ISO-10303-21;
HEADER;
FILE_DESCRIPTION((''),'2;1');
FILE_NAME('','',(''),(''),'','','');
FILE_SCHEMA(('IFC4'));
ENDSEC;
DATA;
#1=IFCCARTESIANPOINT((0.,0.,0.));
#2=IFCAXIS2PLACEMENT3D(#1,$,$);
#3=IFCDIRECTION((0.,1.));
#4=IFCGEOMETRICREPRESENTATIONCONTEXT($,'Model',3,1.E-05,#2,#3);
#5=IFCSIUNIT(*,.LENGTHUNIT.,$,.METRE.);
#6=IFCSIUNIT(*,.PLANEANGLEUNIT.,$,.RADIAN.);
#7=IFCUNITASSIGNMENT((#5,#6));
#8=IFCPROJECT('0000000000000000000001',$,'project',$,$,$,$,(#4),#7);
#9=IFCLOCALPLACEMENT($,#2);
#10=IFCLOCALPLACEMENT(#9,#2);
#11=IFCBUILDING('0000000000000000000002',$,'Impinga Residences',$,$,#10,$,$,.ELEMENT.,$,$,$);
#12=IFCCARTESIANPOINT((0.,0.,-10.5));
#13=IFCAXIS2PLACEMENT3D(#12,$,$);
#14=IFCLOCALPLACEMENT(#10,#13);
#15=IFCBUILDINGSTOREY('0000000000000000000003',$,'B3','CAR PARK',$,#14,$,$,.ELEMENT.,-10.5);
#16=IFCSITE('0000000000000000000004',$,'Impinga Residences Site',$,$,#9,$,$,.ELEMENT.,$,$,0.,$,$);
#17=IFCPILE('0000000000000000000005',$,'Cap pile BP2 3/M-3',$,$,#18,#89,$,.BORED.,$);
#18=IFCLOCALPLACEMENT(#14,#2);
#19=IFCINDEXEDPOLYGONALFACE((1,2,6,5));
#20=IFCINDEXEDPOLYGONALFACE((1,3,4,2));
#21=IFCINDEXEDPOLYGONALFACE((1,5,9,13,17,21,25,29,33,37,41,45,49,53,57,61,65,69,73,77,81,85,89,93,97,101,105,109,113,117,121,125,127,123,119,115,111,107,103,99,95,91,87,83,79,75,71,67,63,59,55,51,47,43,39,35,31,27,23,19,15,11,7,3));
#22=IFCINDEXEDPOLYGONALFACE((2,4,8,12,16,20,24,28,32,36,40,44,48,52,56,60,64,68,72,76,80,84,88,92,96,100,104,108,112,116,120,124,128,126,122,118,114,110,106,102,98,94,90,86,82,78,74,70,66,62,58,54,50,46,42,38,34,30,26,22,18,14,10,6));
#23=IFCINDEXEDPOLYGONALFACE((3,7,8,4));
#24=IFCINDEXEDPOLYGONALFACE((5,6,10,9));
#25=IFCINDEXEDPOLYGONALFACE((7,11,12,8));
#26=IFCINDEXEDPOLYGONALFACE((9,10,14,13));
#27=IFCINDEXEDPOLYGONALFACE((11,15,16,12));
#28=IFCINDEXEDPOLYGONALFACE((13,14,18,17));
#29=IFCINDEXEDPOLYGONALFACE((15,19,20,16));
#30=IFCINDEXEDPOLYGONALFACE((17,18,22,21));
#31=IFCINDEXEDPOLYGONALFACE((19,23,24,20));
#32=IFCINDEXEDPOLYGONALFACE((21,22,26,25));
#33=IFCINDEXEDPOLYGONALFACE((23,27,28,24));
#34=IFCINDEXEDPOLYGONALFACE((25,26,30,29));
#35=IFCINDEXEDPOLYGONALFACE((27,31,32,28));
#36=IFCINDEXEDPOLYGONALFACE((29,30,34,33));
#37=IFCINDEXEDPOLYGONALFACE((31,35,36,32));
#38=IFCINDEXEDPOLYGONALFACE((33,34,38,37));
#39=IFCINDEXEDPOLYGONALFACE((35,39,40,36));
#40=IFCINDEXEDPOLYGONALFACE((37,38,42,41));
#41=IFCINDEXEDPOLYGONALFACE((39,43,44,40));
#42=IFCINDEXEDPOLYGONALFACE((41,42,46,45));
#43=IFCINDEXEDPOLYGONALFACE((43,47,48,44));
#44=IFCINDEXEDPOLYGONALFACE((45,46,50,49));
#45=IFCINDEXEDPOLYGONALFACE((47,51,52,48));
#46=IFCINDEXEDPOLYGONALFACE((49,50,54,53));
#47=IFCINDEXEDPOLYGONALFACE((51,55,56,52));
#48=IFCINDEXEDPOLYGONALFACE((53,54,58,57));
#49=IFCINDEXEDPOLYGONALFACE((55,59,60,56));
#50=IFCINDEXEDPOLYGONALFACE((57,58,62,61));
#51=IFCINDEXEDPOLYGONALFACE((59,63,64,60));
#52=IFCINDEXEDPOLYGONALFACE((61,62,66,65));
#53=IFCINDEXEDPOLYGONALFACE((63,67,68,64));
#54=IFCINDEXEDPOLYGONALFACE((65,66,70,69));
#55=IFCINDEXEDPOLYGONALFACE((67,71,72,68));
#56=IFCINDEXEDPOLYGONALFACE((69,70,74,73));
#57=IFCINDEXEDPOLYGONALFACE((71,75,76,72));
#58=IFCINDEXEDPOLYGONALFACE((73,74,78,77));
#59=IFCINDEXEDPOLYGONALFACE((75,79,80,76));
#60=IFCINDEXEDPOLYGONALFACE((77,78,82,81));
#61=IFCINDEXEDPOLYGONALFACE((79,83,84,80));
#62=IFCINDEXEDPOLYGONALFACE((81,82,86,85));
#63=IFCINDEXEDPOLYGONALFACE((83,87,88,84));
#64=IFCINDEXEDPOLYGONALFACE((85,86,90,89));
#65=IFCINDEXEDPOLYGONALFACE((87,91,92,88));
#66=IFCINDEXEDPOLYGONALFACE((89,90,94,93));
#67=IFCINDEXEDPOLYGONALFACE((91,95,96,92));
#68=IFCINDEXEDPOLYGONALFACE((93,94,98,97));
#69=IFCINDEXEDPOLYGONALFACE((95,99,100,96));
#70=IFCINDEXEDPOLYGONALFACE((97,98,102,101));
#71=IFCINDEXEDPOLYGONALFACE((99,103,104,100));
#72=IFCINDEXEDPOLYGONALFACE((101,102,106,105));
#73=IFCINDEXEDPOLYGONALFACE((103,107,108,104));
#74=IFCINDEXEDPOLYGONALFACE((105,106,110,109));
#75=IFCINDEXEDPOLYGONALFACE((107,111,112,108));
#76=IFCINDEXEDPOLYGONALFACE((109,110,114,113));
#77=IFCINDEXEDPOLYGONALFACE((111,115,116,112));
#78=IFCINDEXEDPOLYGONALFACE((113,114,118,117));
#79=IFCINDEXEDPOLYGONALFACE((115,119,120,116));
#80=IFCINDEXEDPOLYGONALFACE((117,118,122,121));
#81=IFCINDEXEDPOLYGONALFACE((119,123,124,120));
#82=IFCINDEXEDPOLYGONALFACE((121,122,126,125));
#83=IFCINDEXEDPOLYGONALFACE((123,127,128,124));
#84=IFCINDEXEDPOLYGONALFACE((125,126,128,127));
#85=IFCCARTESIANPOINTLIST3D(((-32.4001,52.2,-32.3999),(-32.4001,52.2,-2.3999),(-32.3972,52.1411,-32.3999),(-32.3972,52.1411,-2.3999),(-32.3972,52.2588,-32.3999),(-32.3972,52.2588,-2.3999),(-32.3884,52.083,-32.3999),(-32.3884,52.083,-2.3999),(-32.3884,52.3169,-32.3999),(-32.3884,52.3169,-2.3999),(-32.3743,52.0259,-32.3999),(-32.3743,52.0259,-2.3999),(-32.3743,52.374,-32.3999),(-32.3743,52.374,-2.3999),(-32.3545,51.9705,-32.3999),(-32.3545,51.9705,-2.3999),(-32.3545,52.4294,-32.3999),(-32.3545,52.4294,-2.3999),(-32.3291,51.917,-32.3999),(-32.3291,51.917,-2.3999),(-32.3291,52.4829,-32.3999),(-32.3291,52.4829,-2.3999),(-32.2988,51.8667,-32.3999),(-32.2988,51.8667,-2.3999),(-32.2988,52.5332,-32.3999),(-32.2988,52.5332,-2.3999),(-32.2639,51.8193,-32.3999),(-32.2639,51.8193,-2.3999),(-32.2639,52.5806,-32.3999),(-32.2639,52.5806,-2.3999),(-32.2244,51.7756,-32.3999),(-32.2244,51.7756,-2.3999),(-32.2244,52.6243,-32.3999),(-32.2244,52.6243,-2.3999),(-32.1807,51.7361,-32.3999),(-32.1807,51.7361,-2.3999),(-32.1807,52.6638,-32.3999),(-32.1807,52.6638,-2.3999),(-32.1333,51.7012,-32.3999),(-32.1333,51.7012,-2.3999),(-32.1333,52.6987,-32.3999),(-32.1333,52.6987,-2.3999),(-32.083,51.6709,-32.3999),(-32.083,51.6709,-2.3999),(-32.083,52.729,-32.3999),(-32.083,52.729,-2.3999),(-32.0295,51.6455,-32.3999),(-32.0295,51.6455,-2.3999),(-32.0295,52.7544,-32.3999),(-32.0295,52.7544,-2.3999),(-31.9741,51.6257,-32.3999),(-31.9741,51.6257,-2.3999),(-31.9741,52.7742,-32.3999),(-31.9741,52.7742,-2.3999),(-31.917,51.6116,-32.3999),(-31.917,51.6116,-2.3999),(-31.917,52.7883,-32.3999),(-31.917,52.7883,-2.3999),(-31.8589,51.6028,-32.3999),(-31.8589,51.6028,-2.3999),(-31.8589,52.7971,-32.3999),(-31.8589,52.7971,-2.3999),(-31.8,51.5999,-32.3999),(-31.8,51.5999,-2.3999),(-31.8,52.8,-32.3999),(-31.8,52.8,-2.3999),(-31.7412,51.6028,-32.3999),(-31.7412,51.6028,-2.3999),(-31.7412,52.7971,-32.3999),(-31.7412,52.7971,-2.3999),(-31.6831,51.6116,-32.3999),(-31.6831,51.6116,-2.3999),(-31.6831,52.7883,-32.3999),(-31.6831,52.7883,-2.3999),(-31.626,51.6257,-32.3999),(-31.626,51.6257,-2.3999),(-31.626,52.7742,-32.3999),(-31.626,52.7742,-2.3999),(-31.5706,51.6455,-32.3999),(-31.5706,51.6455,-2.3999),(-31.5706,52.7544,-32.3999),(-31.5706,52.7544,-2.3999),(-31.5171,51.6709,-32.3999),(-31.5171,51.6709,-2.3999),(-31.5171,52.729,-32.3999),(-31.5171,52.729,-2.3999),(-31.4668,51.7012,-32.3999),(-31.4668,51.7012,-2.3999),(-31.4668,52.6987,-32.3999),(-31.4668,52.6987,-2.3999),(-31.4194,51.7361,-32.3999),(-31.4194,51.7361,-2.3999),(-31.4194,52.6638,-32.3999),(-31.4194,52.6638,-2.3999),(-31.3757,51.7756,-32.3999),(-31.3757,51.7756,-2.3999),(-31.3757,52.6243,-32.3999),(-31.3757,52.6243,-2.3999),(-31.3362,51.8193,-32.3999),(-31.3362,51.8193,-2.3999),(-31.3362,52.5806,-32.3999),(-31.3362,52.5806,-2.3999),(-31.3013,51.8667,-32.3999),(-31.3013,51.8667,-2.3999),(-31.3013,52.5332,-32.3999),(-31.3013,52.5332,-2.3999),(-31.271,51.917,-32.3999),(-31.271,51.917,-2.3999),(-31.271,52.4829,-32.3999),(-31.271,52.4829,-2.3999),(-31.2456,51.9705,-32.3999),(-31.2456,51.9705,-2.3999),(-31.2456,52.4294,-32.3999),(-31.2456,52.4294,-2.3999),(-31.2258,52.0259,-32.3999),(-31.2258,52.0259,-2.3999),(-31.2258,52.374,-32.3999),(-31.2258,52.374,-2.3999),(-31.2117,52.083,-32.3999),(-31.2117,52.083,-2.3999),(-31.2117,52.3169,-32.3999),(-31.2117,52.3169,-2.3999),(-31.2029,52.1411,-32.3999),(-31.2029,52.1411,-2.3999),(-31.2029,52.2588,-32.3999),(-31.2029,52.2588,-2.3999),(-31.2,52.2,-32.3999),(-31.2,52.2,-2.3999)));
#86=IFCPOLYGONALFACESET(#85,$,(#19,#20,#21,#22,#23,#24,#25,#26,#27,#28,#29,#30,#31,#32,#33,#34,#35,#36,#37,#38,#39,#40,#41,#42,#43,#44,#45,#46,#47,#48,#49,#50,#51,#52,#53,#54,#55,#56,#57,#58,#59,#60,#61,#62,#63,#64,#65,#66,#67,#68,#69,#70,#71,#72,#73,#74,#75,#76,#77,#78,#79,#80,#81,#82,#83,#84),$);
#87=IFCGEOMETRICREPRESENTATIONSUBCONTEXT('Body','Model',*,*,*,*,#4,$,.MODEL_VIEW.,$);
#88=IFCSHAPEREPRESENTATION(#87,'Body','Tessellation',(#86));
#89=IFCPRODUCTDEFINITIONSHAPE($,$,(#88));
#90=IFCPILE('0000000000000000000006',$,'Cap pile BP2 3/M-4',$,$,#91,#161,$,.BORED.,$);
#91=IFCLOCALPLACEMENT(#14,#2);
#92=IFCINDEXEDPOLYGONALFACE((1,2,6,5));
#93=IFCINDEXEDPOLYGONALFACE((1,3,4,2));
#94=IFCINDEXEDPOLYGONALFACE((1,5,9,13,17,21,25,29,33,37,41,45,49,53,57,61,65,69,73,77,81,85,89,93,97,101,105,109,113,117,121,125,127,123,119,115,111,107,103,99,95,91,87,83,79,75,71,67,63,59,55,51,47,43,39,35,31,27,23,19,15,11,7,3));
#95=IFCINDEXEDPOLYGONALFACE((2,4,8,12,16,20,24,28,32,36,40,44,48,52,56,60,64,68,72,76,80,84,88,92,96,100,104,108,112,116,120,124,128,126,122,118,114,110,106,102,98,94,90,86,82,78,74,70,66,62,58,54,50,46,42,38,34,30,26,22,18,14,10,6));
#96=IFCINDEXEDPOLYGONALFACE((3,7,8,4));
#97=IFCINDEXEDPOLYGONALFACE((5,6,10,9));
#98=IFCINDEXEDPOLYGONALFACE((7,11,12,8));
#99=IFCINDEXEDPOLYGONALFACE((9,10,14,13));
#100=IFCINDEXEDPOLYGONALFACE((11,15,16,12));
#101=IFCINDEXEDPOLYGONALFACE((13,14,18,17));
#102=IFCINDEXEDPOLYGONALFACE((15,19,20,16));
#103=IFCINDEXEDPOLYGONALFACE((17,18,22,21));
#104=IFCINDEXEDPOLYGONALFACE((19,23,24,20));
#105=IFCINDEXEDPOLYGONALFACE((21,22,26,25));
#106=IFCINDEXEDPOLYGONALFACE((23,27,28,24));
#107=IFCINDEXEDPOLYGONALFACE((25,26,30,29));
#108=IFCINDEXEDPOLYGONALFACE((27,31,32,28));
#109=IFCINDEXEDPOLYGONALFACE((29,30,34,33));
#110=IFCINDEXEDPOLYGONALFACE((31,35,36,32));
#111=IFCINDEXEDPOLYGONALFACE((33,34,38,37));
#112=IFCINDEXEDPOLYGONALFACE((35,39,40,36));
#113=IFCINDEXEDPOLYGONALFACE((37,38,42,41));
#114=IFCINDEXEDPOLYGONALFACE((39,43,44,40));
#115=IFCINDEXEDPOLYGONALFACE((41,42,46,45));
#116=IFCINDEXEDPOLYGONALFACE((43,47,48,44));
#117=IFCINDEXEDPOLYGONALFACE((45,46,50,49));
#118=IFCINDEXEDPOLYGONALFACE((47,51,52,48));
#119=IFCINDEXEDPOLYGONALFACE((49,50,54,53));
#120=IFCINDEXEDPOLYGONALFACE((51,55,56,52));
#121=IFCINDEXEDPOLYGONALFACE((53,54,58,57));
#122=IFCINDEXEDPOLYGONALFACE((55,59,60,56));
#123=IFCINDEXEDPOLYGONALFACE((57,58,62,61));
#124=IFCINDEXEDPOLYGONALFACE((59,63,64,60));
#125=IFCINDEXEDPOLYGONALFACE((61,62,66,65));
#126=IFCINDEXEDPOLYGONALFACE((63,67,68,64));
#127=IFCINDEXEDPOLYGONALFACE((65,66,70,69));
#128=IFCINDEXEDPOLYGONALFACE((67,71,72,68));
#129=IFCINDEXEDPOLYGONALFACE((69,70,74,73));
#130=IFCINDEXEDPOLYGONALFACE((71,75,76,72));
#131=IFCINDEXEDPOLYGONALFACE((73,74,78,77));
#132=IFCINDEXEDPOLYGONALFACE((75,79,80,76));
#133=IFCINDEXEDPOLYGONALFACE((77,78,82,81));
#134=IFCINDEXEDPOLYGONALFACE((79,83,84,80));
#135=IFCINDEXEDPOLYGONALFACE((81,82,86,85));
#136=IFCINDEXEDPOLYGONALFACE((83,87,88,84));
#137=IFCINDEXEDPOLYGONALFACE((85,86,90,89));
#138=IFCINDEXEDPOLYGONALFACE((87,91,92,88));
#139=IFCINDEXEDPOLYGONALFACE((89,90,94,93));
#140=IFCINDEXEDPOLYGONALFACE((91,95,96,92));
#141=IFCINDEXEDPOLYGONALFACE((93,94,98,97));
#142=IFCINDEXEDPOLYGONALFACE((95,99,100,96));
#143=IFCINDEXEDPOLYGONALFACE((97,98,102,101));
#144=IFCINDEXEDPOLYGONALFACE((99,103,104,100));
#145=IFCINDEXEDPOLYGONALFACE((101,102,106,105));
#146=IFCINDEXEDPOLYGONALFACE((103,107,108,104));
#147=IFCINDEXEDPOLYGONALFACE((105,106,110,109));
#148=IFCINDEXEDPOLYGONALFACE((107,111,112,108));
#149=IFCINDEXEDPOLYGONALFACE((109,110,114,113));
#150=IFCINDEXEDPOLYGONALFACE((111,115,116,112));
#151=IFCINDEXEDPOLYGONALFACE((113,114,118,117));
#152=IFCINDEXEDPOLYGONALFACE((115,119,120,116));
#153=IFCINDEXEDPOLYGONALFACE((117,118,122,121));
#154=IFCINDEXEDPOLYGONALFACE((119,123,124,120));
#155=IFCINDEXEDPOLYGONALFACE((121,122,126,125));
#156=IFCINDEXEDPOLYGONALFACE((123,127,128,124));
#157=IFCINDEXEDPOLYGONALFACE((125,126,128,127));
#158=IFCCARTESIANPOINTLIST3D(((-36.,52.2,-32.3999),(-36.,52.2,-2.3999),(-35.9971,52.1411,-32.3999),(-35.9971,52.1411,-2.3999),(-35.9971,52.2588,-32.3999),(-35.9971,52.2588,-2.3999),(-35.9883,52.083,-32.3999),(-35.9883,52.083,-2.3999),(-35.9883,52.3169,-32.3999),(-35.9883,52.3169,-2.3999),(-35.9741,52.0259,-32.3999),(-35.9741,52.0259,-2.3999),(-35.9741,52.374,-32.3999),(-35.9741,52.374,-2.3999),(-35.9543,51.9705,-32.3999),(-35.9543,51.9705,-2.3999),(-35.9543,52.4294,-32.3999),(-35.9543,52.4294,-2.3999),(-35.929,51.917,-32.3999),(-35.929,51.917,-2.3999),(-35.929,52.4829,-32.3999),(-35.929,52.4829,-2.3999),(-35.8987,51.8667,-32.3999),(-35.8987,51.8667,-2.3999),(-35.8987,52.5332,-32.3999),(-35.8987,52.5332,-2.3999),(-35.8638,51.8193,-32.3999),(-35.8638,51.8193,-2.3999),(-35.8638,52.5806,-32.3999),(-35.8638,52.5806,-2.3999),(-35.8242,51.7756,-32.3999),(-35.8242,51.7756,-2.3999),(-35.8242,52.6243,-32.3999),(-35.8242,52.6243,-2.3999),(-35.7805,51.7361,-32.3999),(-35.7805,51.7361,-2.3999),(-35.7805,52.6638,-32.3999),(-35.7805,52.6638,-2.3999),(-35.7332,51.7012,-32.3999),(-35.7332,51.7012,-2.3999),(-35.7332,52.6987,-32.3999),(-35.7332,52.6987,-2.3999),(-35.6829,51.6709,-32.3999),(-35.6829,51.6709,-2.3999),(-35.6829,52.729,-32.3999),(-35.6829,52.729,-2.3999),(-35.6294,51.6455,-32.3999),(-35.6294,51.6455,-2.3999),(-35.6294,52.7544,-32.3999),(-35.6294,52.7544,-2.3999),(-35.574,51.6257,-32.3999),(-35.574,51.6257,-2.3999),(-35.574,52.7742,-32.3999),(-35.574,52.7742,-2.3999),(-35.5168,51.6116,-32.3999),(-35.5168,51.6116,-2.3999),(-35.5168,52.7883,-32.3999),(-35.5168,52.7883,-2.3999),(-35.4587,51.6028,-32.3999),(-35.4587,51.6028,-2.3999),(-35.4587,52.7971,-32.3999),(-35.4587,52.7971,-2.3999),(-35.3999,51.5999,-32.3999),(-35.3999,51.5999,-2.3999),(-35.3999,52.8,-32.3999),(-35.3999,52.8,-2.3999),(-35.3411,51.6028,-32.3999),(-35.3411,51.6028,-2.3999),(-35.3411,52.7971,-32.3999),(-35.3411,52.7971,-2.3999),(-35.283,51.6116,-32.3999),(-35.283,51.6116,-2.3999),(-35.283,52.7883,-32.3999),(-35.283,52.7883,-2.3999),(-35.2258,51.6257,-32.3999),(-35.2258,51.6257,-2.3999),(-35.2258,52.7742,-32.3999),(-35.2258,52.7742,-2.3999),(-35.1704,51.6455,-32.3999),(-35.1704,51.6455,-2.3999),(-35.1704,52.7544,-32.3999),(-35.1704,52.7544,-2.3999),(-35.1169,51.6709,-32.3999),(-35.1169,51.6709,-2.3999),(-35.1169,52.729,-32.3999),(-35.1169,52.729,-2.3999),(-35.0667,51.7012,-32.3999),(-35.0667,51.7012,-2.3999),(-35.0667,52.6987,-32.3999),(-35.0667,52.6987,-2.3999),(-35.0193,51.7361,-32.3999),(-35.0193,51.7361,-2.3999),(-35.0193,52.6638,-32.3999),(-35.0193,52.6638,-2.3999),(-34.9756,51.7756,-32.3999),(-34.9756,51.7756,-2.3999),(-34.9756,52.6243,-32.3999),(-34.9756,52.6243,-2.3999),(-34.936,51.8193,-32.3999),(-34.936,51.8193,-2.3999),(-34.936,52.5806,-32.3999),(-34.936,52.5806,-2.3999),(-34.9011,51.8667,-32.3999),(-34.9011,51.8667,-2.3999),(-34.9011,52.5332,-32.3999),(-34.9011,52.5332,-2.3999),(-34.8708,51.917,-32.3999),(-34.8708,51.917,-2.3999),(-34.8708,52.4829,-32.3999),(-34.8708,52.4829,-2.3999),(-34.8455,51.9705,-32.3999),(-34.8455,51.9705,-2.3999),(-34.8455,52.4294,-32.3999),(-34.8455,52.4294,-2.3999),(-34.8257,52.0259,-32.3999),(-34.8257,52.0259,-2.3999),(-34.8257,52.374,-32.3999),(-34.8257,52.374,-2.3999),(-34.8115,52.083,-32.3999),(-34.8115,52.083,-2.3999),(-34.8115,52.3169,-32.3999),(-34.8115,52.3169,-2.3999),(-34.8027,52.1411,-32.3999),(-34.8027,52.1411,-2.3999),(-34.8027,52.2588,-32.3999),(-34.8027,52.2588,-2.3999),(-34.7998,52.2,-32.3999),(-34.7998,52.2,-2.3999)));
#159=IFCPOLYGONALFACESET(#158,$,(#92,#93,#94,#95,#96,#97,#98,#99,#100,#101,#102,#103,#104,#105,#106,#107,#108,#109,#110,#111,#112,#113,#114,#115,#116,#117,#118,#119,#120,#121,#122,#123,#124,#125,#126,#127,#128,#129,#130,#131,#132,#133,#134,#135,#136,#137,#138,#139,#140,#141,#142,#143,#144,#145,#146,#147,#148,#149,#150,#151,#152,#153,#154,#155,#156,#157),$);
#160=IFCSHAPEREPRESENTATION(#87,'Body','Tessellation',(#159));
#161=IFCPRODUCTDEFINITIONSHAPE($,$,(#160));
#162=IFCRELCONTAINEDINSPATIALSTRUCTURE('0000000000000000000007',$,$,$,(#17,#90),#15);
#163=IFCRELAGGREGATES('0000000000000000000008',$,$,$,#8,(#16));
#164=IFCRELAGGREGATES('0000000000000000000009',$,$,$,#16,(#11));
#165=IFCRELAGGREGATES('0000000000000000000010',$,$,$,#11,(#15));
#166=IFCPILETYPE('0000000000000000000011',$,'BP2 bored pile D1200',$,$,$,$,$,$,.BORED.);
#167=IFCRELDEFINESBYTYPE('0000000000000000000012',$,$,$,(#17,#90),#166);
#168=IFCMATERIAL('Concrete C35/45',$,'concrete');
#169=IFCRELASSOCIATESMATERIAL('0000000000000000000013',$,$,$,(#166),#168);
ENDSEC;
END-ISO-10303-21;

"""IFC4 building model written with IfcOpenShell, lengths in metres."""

from ifc_helpers import new_model, si_unit, direction, frame, origin, origin_2d, place, context, subcontext, project, spatial, polyline, circle, outline, extrude, material, material_profile, profile_set, type_object, element, save


model = new_model("IFC4")

# Units and contexts
model_context = context("Model", 3, precision=1e-05, world=origin(), true_north=direction((0.0, 1.0)))
body_context = subcontext(model_context, "Body", "Model", "MODEL_VIEW")
ifc_project = project(units=[si_unit("LENGTHUNIT", "METRE"), si_unit("PLANEANGLEUNIT", "RADIAN")], contexts=[model_context])

# Site, building, storey
site_placement = place(None, origin())
site = spatial("IfcSite", under=ifc_project, at=site_placement, Name="Impinga Residences Site", CompositionType="ELEMENT", RefElevation=0.0)
building_placement = place(site_placement, origin())
building = spatial("IfcBuilding", under=site, at=building_placement, Name="Impinga Residences", CompositionType="ELEMENT")
storey_placement = place(building_placement, frame((0.0, 0.0, -10.5)))
storey = spatial("IfcBuildingStorey", under=building, at=storey_placement, Name="B3", Description="CAR PARK", CompositionType="ELEMENT", Elevation=-10.5)

# Piles
ifc_material_1 = material(Name="Concrete C35/45", Category="concrete")
ifc_material_profile_1 = material_profile(ifc_material_1, circle(Radius=0.6001, at=origin_2d()), Name="D1200")
ifc_profile_set_1 = profile_set([ifc_material_profile_1], Name="Concrete C35/45")
pile_type = type_object("IfcPileType", Name="BP2 bored pile D1200", PredefinedType="BORED", material=ifc_profile_set_1)
pile_1_placement = place(storey_placement, frame((-31.8, 52.2, -2.3999), z_axis=(0.0, 0.0, -1.0), x_axis=(1.0, 0.0, 0.0)))
element("IfcPile", 1, at=pile_1_placement, inside=storey, type_object=pile_type, Name="Cap pile BP2 3/M-3", PredefinedType="BORED", context=body_context, shape_type="SweptSolid", body=[
    extrude(outline(polyline([(0.6001, 0.0), (0.5972, 0.0588), (0.5884, 0.1169), (0.5742, 0.1741), (0.5544, 0.2295), (0.5291, 0.283), (0.4988, 0.3333), (0.4639, 0.3806), (0.4243, 0.4243), (0.3806, 0.4639), (0.3333, 0.4988), (0.283, 0.5291), (0.2295, 0.5544), (0.1741, 0.5742), (0.1169, 0.5884), (0.0588, 0.5972), (0.0, 0.6001), (-0.0588, 0.5972), (-0.1169, 0.5884), (-0.1741, 0.5742), (-0.2295, 0.5544), (-0.283, 0.5291), (-0.3333, 0.4988), (-0.3806, 0.4639), (-0.4243, 0.4243), (-0.4639, 0.3806), (-0.4988, 0.3333), (-0.5291, 0.283), (-0.5544, 0.2295), (-0.5742, 0.1741), (-0.5884, 0.1169), (-0.5972, 0.0588), (-0.6001, 0.0), (-0.5972, -0.0588), (-0.5884, -0.1169), (-0.5742, -0.1741), (-0.5544, -0.2295), (-0.5291, -0.283), (-0.4988, -0.3333), (-0.4639, -0.3806), (-0.4243, -0.4243), (-0.3806, -0.4639), (-0.3333, -0.4988), (-0.283, -0.5291), (-0.2295, -0.5544), (-0.1741, -0.5742), (-0.1169, -0.5884), (-0.0588, -0.5972), (0.0, -0.6001), (0.0588, -0.5972), (0.1169, -0.5884), (0.1741, -0.5742), (0.2295, -0.5544), (0.283, -0.5291), (0.3333, -0.4988), (0.3806, -0.4639), (0.4243, -0.4243), (0.4639, -0.3806), (0.4988, -0.3333), (0.5291, -0.283), (0.5544, -0.2295), (0.5742, -0.1741), (0.5884, -0.1169), (0.5972, -0.0588), (0.6001, 0.0)])), origin(), (0.0, 0.0, 1.0), 30.0),
])
pile_2_placement = place(storey_placement, frame((-35.3999, 52.2, -2.3999), z_axis=(0.0, 0.0, -1.0), x_axis=(1.0, 0.0, 0.0)))
element("IfcPile", 2, at=pile_2_placement, inside=storey, type_object=pile_type, Name="Cap pile BP2 3/M-4", PredefinedType="BORED", context=body_context, shape_type="SweptSolid", body=[
    extrude(outline(polyline([(0.6001, 0.0), (0.5972, 0.0588), (0.5884, 0.1169), (0.5742, 0.1741), (0.5544, 0.2295), (0.5291, 0.283), (0.4988, 0.3333), (0.4639, 0.3806), (0.4243, 0.4243), (0.3806, 0.4639), (0.3333, 0.4988), (0.283, 0.5291), (0.2295, 0.5544), (0.1741, 0.5742), (0.1169, 0.5884), (0.0588, 0.5972), (0.0, 0.6001), (-0.0588, 0.5972), (-0.1169, 0.5884), (-0.1741, 0.5742), (-0.2295, 0.5544), (-0.283, 0.5291), (-0.3333, 0.4988), (-0.3806, 0.4639), (-0.4243, 0.4243), (-0.4639, 0.3806), (-0.4988, 0.3333), (-0.5291, 0.283), (-0.5544, 0.2295), (-0.5742, 0.1741), (-0.5884, 0.1169), (-0.5972, 0.0588), (-0.6001, 0.0), (-0.5972, -0.0588), (-0.5884, -0.1169), (-0.5742, -0.1741), (-0.5544, -0.2295), (-0.5291, -0.283), (-0.4988, -0.3333), (-0.4639, -0.3806), (-0.4243, -0.4243), (-0.3806, -0.4639), (-0.3333, -0.4988), (-0.283, -0.5291), (-0.2295, -0.5544), (-0.1741, -0.5742), (-0.1169, -0.5884), (-0.0588, -0.5972), (0.0, -0.6001), (0.0588, -0.5972), (0.1169, -0.5884), (0.1741, -0.5742), (0.2295, -0.5544), (0.283, -0.5291), (0.3333, -0.4988), (0.3806, -0.4639), (0.4243, -0.4243), (0.4639, -0.3806), (0.4988, -0.3333), (0.5291, -0.283), (0.5544, -0.2295), (0.5742, -0.1741), (0.5884, -0.1169), (0.5972, -0.0588), (0.6001, 0.0)])), origin(), (0.0, 0.0, 1.0), 30.0),
])

save(model, "model.ifc")
